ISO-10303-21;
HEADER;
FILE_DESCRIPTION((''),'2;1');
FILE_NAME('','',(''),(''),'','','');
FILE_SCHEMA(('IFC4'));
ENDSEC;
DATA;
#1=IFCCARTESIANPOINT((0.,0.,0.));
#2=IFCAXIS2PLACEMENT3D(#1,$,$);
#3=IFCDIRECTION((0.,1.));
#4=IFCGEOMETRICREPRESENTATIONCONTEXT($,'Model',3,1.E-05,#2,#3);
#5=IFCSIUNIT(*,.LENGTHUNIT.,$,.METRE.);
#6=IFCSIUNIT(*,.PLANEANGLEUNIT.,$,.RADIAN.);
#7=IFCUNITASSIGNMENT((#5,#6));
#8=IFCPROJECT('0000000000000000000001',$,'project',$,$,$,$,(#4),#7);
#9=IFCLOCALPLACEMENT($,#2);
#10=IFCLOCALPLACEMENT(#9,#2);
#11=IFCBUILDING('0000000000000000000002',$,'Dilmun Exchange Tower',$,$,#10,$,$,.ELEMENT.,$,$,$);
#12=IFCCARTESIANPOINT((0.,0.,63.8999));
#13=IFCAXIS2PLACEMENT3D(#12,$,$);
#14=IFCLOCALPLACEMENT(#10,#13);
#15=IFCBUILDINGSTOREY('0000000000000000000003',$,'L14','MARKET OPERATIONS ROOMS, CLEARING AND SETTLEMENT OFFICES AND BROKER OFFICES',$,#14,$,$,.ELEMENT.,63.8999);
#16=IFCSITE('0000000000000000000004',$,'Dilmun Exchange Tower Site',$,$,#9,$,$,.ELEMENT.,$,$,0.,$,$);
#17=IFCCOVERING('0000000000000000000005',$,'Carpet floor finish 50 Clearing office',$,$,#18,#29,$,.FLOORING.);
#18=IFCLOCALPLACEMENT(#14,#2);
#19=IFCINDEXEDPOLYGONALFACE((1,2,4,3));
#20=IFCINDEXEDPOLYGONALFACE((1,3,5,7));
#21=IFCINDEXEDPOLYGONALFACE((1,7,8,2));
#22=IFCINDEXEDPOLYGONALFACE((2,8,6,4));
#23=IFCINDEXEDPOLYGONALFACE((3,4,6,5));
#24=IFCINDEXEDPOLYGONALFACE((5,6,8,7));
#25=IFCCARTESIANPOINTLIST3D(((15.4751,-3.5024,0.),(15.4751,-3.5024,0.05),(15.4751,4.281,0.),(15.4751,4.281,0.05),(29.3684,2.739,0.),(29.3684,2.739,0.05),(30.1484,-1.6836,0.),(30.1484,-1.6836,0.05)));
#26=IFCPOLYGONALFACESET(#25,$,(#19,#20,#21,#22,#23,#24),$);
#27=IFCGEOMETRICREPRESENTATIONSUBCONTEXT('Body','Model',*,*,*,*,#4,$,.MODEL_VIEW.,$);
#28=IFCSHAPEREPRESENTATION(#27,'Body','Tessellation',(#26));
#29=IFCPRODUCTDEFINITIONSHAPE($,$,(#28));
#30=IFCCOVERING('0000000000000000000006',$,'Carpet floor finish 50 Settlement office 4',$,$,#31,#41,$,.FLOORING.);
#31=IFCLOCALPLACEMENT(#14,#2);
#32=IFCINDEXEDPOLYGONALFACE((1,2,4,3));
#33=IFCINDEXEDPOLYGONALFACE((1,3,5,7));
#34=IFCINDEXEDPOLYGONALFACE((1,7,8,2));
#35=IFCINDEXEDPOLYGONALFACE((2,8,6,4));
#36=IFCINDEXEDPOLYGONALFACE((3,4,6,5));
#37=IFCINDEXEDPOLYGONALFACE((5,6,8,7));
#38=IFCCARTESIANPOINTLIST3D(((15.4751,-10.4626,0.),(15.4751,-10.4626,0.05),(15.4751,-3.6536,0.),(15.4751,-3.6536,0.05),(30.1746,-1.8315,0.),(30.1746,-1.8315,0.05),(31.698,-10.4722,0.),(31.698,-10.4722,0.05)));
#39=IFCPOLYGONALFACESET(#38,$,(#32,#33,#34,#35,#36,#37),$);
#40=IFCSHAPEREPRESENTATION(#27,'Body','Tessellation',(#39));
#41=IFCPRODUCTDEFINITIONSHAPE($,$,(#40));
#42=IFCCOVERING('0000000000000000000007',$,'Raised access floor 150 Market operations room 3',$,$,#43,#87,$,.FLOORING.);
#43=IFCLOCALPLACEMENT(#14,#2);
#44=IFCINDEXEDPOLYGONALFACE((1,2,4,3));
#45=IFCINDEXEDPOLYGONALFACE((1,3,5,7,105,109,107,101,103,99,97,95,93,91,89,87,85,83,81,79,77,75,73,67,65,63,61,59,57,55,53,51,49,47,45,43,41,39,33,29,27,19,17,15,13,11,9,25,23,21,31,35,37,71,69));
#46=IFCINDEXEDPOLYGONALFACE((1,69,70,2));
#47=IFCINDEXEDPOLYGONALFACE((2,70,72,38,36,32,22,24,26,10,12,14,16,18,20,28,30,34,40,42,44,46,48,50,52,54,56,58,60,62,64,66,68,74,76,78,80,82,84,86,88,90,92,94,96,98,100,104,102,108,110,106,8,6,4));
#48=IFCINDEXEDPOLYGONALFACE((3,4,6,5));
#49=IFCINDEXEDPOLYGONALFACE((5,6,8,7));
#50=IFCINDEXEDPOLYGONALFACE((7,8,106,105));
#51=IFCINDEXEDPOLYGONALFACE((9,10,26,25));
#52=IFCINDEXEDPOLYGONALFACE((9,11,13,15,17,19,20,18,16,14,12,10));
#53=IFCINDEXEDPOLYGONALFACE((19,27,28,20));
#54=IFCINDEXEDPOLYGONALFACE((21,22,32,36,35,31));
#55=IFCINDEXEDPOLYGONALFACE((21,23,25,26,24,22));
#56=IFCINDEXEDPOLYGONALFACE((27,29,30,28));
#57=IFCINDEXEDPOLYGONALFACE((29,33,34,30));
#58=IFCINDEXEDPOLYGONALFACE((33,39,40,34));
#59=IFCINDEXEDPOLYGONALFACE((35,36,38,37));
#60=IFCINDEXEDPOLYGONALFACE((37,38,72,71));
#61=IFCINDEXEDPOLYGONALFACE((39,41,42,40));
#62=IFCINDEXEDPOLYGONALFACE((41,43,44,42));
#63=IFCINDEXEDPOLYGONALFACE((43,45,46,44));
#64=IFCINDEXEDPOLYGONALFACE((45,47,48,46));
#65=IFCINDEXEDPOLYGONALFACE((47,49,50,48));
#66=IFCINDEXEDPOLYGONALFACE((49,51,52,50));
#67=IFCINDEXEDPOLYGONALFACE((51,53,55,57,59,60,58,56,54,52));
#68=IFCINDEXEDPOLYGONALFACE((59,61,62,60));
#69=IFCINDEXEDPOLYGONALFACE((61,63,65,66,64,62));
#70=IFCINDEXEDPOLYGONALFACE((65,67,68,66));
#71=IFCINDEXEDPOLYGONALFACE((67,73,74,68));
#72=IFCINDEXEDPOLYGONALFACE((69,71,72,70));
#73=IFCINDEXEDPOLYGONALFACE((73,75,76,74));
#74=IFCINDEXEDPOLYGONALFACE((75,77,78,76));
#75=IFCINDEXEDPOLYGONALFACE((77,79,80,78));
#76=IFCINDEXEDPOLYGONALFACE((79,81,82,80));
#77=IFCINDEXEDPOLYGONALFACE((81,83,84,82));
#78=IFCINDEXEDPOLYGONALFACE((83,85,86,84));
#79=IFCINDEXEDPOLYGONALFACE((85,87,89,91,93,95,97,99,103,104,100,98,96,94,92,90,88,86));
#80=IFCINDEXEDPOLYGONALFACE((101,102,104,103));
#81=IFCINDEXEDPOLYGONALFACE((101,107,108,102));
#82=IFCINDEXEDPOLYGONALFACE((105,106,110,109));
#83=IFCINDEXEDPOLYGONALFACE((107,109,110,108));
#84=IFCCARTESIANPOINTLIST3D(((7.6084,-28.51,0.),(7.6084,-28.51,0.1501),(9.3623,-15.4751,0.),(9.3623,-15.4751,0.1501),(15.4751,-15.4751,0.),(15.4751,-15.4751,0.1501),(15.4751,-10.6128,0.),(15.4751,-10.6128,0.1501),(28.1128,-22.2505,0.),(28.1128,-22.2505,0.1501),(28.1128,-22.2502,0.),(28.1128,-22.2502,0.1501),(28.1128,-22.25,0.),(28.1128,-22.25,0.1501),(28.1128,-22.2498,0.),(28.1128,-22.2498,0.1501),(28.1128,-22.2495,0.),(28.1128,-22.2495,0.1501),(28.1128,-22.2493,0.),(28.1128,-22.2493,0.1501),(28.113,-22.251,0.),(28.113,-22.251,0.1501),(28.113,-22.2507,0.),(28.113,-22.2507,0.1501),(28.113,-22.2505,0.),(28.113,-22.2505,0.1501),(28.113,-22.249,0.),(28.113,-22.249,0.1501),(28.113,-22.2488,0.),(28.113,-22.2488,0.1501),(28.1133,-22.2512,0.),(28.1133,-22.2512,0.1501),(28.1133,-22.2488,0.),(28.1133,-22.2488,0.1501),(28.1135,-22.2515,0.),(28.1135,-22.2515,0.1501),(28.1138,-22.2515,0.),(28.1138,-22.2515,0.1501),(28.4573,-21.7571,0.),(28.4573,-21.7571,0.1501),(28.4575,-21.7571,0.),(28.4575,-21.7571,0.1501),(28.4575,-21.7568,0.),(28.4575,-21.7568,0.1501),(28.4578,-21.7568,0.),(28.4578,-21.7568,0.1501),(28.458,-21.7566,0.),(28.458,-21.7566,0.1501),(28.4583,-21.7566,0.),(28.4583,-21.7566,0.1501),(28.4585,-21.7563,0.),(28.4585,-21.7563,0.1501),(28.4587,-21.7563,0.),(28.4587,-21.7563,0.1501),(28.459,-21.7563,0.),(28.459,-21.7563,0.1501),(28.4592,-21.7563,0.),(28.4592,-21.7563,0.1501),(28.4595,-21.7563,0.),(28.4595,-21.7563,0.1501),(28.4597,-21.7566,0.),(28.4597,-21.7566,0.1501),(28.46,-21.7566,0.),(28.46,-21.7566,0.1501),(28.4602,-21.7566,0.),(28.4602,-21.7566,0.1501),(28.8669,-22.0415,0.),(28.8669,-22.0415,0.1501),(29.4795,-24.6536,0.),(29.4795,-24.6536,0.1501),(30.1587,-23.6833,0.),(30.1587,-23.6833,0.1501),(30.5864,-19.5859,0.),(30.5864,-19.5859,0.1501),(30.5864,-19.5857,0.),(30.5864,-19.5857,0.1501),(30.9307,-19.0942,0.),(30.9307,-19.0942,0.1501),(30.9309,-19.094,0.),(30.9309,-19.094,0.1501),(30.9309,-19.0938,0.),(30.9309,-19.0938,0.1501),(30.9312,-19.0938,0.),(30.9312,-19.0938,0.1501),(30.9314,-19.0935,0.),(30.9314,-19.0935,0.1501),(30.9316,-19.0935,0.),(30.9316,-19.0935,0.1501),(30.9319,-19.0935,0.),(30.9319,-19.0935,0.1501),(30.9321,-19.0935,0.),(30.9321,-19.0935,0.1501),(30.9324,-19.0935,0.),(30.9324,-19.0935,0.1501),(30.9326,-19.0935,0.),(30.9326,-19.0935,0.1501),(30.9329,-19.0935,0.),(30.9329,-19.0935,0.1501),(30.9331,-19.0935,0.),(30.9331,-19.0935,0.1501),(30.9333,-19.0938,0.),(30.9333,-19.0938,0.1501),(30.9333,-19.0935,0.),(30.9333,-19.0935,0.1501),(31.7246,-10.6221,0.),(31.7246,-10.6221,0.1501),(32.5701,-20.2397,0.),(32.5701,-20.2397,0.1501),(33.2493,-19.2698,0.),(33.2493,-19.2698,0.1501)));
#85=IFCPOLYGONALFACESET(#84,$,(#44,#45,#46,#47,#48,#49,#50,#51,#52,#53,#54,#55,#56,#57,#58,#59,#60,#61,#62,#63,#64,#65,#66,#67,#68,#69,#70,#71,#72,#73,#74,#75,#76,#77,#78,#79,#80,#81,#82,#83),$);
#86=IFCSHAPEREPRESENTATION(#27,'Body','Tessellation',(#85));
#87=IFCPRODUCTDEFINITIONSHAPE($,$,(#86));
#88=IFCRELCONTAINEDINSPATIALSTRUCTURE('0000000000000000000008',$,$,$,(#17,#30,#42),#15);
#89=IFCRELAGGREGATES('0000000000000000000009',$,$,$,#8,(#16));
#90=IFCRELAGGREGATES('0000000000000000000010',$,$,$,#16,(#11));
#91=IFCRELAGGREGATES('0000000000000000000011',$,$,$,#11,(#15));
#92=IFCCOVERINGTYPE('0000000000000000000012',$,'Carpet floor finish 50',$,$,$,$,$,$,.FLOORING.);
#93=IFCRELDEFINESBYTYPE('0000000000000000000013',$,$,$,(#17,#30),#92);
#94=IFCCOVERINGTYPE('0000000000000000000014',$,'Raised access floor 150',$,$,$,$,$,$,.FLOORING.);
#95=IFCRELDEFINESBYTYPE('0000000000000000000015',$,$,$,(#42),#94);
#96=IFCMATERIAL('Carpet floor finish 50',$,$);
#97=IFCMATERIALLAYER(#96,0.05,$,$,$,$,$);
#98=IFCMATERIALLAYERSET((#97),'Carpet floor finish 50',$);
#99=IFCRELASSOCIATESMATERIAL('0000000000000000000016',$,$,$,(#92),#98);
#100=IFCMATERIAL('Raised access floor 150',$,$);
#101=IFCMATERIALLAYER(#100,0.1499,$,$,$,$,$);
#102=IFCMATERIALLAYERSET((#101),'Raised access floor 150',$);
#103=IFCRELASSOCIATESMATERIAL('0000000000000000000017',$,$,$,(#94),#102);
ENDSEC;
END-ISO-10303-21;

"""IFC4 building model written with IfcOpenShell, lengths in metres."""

from ifc_helpers import new_model, si_unit, direction, frame, origin, place, context, subcontext, project, spatial, polyline, outline, extrude, material, layer, layer_set, type_object, element, save


model = new_model("IFC4")

# Units and contexts
model_context = context("Model", 3, precision=1e-05, world=origin(), true_north=direction((0.0, 1.0)))
body_context = subcontext(model_context, "Body", "Model", "MODEL_VIEW")
ifc_project = project(units=[si_unit("LENGTHUNIT", "METRE"), si_unit("PLANEANGLEUNIT", "RADIAN")], contexts=[model_context])

# Site, building, storey
site_placement = place(None, origin())
site = spatial("IfcSite", under=ifc_project, at=site_placement, Name="Dilmun Exchange Tower Site", CompositionType="ELEMENT", RefElevation=0.0)
building_placement = place(site_placement, origin())
building = spatial("IfcBuilding", under=site, at=building_placement, Name="Dilmun Exchange Tower", CompositionType="ELEMENT")
storey_placement = place(building_placement, frame((0.0, 0.0, 63.8999)))
storey = spatial("IfcBuildingStorey", under=building, at=storey_placement, Name="L14", Description="MARKET OPERATIONS ROOMS, CLEARING AND SETTLEMENT OFFICES AND BROKER OFFICES", CompositionType="ELEMENT", Elevation=63.8999)

# Coverings
ifc_material_1 = material(Name="Carpet floor finish 50")
ifc_layer_1 = layer(ifc_material_1, 0.05)
ifc_layer_set_1 = layer_set([ifc_layer_1], Name="Carpet floor finish 50")
covering_type_1 = type_object("IfcCoveringType", Name="Carpet floor finish 50", PredefinedType="FLOORING", material=ifc_layer_set_1)
covering_1_placement = place(storey_placement, origin())
element("IfcCovering", 1, at=covering_1_placement, inside=storey, type_object=covering_type_1, Name="Carpet floor finish 50 Clearing office", PredefinedType="FLOORING", context=body_context, shape_type="SweptSolid", body=[
    extrude(outline(polyline([(15.4751, -3.5024), (15.4751, 4.281), (29.3684, 2.739), (30.1484, -1.6836), (15.4751, -3.5024)])), origin(), (0.0, 0.0, 1.0), 0.05),
])
covering_2_placement = place(storey_placement, origin())
element("IfcCovering", 2, at=covering_2_placement, inside=storey, type_object=covering_type_1, Name="Carpet floor finish 50 Settlement office 4", PredefinedType="FLOORING", context=body_context, shape_type="SweptSolid", body=[
    extrude(outline(polyline([(15.4751, -10.4626), (15.4751, -3.6536), (30.1746, -1.8315), (31.698, -10.4722), (15.4751, -10.4626)])), origin(), (0.0, 0.0, 1.0), 0.05),
])
ifc_material_2 = material(Name="Raised access floor 150")
ifc_layer_2 = layer(ifc_material_2, 0.1499)
ifc_layer_set_2 = layer_set([ifc_layer_2], Name="Raised access floor 150")
covering_type_2 = type_object("IfcCoveringType", Name="Raised access floor 150", PredefinedType="FLOORING", material=ifc_layer_set_2)
covering_3_placement = place(storey_placement, origin())
element("IfcCovering", 3, at=covering_3_placement, inside=storey, type_object=covering_type_2, Name="Raised access floor 150 Market operations room 3", PredefinedType="FLOORING", context=body_context, shape_type="SweptSolid", body=[
    extrude(outline(polyline([(9.3623, -15.4751), (15.4751, -15.4751), (15.4751, -10.6128), (31.7246, -10.6221), (33.2493, -19.2698), (32.5701, -20.2397), (30.9333, -19.0938), (30.9333, -19.0935), (30.9331, -19.0935), (30.9329, -19.0935), (30.9326, -19.0935), (30.9326, -19.0935), (30.9324, -19.0935), (30.9321, -19.0935), (30.9319, -19.0935), (30.9316, -19.0935), (30.9316, -19.0935), (30.9314, -19.0935), (30.9312, -19.0938), (30.9309, -19.0938), (30.9309, -19.094), (30.9309, -19.094), (30.9307, -19.0942), (30.5864, -19.5857), (30.5864, -19.5859), (30.5864, -19.5859), (28.8669, -22.0415), (28.4602, -21.7566), (28.46, -21.7566), (28.4597, -21.7566), (28.4597, -21.7566), (28.4595, -21.7563), (28.4592, -21.7563), (28.459, -21.7563), (28.4587, -21.7563), (28.4585, -21.7563), (28.4585, -21.7563), (28.4583, -21.7566), (28.458, -21.7566), (28.458, -21.7566), (28.4578, -21.7568), (28.4575, -21.7568), (28.4575, -21.7571), (28.4573, -21.7571), (28.1133, -22.2488), (28.113, -22.2488), (28.113, -22.249), (28.1128, -22.2493), (28.1128, -22.2495), (28.1128, -22.2495), (28.1128, -22.2498), (28.1128, -22.25), (28.1128, -22.2502), (28.1128, -22.2505), (28.113, -22.2505), (28.113, -22.2507), (28.113, -22.251), (28.1133, -22.2512), (28.1133, -22.2512), (28.1135, -22.2515), (28.1138, -22.2515), (30.1587, -23.6833), (29.4795, -24.6536), (7.6084, -28.51), (9.3623, -15.4751)])), origin(), (0.0, 0.0, 1.0), 0.1501),
])

save(model, "model.ifc")
